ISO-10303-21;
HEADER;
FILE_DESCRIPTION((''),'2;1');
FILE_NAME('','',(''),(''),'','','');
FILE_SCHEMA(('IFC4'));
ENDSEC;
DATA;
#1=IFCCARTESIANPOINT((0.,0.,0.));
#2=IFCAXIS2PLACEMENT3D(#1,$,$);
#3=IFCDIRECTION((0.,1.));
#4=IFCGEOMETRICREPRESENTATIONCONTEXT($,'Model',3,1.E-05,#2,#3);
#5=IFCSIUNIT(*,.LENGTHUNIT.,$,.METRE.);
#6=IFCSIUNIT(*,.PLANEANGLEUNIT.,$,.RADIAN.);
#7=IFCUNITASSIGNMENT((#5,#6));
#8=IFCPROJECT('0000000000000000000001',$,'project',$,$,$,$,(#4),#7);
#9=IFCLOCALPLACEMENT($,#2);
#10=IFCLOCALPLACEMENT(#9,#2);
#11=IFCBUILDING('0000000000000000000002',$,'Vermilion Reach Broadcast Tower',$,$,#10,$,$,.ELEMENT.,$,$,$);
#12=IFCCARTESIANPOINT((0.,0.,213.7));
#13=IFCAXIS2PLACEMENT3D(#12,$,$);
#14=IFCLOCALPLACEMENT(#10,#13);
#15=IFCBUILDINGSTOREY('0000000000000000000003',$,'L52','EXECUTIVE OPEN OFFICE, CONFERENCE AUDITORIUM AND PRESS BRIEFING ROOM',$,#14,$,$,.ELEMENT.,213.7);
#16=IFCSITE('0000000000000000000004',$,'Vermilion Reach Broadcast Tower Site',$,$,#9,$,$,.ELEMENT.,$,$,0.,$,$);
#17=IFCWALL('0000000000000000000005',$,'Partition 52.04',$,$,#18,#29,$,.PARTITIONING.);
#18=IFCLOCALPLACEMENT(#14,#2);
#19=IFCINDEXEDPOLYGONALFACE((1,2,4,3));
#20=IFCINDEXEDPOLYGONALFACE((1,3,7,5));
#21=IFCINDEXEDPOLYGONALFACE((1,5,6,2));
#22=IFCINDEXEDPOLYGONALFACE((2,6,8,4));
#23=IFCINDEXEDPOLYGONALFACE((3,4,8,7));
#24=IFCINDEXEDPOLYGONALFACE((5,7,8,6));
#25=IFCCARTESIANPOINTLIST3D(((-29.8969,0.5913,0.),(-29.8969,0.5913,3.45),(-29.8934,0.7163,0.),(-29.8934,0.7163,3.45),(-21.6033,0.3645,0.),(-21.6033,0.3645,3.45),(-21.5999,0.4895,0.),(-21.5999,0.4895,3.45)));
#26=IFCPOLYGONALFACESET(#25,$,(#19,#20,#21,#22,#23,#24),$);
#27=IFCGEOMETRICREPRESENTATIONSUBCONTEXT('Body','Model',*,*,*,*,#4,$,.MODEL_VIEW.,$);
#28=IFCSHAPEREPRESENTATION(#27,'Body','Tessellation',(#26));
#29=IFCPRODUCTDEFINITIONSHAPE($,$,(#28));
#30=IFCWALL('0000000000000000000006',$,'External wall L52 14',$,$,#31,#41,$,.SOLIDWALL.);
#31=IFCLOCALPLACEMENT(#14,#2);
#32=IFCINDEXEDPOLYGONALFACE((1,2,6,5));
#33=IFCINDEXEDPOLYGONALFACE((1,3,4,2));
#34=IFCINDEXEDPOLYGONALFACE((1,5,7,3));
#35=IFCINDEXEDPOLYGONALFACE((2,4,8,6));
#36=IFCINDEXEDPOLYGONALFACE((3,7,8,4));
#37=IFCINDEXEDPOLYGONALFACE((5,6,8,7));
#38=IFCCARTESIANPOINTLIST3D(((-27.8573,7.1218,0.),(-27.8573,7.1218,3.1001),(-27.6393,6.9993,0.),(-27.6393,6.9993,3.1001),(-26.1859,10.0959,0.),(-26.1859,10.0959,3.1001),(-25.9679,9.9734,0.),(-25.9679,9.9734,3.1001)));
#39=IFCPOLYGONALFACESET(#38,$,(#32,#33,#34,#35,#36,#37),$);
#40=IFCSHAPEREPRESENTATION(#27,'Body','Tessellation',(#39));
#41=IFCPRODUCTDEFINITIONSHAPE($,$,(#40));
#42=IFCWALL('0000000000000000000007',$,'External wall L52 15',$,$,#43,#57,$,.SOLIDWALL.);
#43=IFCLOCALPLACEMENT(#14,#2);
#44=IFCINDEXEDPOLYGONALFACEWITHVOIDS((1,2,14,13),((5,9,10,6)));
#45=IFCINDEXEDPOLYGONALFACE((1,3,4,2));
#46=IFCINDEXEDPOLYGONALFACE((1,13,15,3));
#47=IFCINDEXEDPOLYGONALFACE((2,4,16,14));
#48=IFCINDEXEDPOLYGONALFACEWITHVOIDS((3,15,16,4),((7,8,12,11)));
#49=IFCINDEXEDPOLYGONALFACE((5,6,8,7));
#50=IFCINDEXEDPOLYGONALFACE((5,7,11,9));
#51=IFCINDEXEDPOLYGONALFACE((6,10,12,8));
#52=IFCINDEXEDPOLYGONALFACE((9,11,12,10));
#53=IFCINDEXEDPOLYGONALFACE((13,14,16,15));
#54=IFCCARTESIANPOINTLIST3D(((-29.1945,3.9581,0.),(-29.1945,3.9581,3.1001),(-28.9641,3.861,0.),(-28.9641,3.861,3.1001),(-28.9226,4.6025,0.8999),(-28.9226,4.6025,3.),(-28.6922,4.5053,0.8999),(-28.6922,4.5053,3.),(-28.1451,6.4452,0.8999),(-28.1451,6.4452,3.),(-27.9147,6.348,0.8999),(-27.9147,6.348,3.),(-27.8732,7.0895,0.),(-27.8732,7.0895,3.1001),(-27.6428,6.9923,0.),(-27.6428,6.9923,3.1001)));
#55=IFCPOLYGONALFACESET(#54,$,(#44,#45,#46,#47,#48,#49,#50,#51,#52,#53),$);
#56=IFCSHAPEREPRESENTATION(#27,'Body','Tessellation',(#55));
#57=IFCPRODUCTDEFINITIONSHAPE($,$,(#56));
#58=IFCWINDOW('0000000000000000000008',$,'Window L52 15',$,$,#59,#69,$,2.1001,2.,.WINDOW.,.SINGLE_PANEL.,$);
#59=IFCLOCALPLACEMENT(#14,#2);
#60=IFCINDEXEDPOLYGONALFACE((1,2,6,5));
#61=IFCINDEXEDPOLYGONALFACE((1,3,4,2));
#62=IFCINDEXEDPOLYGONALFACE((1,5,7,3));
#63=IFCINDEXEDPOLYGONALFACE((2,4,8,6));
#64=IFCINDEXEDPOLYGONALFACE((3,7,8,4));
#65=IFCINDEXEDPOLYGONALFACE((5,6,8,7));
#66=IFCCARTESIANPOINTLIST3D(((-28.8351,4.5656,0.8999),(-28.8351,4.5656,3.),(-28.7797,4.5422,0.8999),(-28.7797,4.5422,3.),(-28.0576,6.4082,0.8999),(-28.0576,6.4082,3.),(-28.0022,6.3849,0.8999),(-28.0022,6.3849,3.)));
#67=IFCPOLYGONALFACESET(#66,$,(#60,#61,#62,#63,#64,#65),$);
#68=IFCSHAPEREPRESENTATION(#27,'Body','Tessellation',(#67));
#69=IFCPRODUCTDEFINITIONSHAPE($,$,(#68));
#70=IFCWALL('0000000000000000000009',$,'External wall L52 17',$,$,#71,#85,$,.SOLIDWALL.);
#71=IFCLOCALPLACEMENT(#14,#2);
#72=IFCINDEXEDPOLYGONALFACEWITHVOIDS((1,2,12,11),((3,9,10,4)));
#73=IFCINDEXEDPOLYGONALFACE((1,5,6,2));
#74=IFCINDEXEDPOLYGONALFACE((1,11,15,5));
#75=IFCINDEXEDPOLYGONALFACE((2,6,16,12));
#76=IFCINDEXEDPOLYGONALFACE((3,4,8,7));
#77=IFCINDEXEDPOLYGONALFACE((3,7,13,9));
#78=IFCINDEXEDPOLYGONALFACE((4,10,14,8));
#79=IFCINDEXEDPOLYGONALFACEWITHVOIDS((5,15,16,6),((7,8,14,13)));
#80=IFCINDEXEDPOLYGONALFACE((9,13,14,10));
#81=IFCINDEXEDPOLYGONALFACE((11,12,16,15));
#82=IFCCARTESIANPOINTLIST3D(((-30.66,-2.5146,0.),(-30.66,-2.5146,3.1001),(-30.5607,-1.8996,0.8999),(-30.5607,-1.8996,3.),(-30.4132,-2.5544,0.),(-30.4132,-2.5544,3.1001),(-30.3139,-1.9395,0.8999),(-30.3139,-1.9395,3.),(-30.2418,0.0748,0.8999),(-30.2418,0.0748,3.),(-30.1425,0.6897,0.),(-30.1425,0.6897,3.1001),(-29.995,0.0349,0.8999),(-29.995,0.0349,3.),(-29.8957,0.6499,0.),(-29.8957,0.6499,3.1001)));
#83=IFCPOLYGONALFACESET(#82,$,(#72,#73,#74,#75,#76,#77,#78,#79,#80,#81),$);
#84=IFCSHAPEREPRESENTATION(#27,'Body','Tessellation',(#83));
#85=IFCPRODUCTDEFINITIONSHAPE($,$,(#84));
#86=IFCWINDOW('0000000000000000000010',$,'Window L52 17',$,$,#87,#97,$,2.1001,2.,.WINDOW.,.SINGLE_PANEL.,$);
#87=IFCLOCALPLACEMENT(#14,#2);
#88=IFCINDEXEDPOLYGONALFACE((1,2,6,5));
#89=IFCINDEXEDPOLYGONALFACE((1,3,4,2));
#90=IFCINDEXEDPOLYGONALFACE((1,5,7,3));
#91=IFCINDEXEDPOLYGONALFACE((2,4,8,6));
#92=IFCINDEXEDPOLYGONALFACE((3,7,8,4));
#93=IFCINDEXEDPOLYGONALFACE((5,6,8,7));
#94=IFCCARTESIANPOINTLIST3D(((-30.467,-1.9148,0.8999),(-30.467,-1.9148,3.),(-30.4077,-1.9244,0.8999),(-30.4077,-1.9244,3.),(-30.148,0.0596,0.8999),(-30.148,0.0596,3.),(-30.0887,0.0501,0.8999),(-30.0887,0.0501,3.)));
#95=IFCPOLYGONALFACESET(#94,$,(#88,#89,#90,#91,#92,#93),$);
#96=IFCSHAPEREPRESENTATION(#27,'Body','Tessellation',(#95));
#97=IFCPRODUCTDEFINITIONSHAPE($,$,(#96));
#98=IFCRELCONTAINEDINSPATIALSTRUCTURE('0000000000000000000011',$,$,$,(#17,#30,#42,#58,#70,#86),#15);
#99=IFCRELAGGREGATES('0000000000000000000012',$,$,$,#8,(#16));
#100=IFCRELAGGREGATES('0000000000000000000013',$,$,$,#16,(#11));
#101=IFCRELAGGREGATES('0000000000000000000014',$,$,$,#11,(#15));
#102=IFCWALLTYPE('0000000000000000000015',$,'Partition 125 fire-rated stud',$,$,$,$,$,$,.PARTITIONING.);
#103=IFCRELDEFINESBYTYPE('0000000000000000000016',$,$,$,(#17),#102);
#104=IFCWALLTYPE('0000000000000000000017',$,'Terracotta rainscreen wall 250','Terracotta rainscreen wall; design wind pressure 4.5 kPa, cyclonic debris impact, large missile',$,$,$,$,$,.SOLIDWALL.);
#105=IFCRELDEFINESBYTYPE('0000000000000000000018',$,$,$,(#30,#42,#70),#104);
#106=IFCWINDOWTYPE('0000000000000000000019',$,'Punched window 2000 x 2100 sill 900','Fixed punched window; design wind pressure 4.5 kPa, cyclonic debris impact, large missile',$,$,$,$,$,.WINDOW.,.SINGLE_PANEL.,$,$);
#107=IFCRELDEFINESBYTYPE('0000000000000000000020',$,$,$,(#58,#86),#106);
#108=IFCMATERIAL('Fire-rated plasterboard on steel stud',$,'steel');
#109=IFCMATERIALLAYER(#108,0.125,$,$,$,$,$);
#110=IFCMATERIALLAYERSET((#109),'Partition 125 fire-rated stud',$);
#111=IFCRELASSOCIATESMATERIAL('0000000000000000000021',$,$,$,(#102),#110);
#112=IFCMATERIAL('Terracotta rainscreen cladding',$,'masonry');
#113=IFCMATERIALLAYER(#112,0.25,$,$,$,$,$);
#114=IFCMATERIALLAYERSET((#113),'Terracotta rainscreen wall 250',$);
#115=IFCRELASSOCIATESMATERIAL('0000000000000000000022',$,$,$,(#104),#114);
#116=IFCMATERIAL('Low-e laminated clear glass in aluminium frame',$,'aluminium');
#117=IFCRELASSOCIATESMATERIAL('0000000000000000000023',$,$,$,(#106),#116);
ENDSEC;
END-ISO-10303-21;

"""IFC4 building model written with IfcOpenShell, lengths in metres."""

from ifc_helpers import new_model, si_unit, direction, frame, frame_2d, origin, place, context, subcontext, project, spatial, rectangle, extrude, material, layer, layer_set, type_object, element, fill, save


model = new_model("IFC4")

# Units and contexts
model_context = context("Model", 3, precision=1e-05, world=origin(), true_north=direction((0.0, 1.0)))
body_context = subcontext(model_context, "Body", "Model", "MODEL_VIEW")
ifc_project = project(units=[si_unit("LENGTHUNIT", "METRE"), si_unit("PLANEANGLEUNIT", "RADIAN")], contexts=[model_context])

# Site, building, storey
site_placement = place(None, origin())
site = spatial("IfcSite", under=ifc_project, at=site_placement, Name="Vermilion Reach Broadcast Tower Site", CompositionType="ELEMENT", RefElevation=0.0)
building_placement = place(site_placement, origin())
building = spatial("IfcBuilding", under=site, at=building_placement, Name="Vermilion Reach Broadcast Tower", CompositionType="ELEMENT")
storey_placement = place(building_placement, frame((0.0, 0.0, 213.7)))
storey = spatial("IfcBuildingStorey", under=building, at=storey_placement, Name="L52", Description="EXECUTIVE OPEN OFFICE, CONFERENCE AUDITORIUM AND PRESS BRIEFING ROOM", CompositionType="ELEMENT", Elevation=213.7)

# Walls
ifc_material_1 = material(Name="Fire-rated plasterboard on steel stud", Category="steel")
ifc_layer_1 = layer(ifc_material_1, 0.125)
ifc_layer_set_1 = layer_set([ifc_layer_1], Name="Partition 125 fire-rated stud")
wall_type_1 = type_object("IfcWallType", Name="Partition 125 fire-rated stud", PredefinedType="PARTITIONING", material=ifc_layer_set_1)
wall_1_placement = place(storey_placement, frame((-29.8953, 0.6538, 0.0), z_axis=(0.0, 0.0, 1.0), x_axis=(0.999626, -0.027337, 0.0)))
element("IfcWall", 1, at=wall_1_placement, inside=storey, type_object=wall_type_1, Name="Partition 52.04", PredefinedType="PARTITIONING", context=body_context, shape_type="SweptSolid", body=[
    extrude(rectangle(XDim=8.2966, YDim=0.125, at=frame_2d((4.1484, 0.0))), origin(), (0.0, 0.0, 1.0), 3.45),
])
ifc_material_2 = material(Name="Terracotta rainscreen cladding", Category="masonry")
ifc_layer_2 = layer(ifc_material_2, 0.25)
ifc_layer_set_2 = layer_set([ifc_layer_2], Name="Terracotta rainscreen wall 250")
wall_type_2 = type_object("IfcWallType", Name="Terracotta rainscreen wall 250", Description="Terracotta rainscreen wall; design wind pressure 4.5 kPa, cyclonic debris impact, large missile", PredefinedType="SOLIDWALL", material=ifc_layer_set_2)
wall_2_placement = place(storey_placement, frame((-26.0769, 10.0347, 0.0), z_axis=(0.0, 0.0, 1.0), x_axis=(-0.489915, -0.87177, 0.0)))
element("IfcWall", 2, at=wall_2_placement, inside=storey, type_object=wall_type_2, Name="External wall L52 14", PredefinedType="SOLIDWALL", context=body_context, shape_type="SweptSolid", body=[
    extrude(rectangle(XDim=3.4116, YDim=0.25, at=frame_2d((1.7058, 0.0))), origin(), (0.0, 0.0, 1.0), 3.1001),
])

# Wall, opening, window
wall_3_placement = place(storey_placement, frame((-27.7581, 7.0408, 0.0), z_axis=(0.0, 0.0, 1.0), x_axis=(-0.388763, -0.921338, 0.0)))
wall_3 = element("IfcWall", 3, at=wall_3_placement, inside=storey, type_object=wall_type_2, Name="External wall L52 15", PredefinedType="SOLIDWALL", context=body_context, shape_type="SweptSolid", body=[
    extrude(rectangle(XDim=3.3987, YDim=0.25, at=frame_2d((1.6992, 0.0))), origin(), (0.0, 0.0, 1.0), 3.1001),
])
opening_1_placement = place(wall_3_placement, frame((0.6992, 0.0, 0.8999)))
opening_1 = element("IfcOpeningElement", 4, at=opening_1_placement, cuts=wall_3, PredefinedType="OPENING", context=body_context, shape_type="SweptSolid", body=[
    extrude(rectangle(XDim=2.0, YDim=2.1001, at=frame_2d((1.0, 1.05))), frame((0.0, 0.135, 0.0), z_axis=(0.0, -1.0, 0.0), x_axis=(1.0, 0.0, 0.0)), (0.0, 0.0, 1.0), 0.27),
])
ifc_material_3 = material(Name="Low-e laminated clear glass in aluminium frame", Category="aluminium")
window_type = type_object("IfcWindowType", Name="Punched window 2000 x 2100 sill 900", Description="Fixed punched window; design wind pressure 4.5 kPa, cyclonic debris impact, large missile", PartitioningType="SINGLE_PANEL", PredefinedType="WINDOW", material=ifc_material_3)
window_1_placement = place(opening_1_placement, origin())
window_1 = element("IfcWindow", 5, at=window_1_placement, inside=storey, type_object=window_type, Name="Window L52 15", OverallHeight=2.1001, OverallWidth=2.0, PartitioningType="SINGLE_PANEL", PredefinedType="WINDOW", context=body_context, shape_type="SweptSolid", body=[
    extrude(rectangle(XDim=2.0, YDim=2.1001, at=frame_2d((1.0, 1.05))), frame((0.0, 0.03, 0.0), z_axis=(0.0, -1.0, 0.0), x_axis=(1.0, 0.0, 0.0)), (0.0, 0.0, 1.0), 0.0601),
])
fill(opening_1, window_1)

# Wall, opening, window
wall_4_placement = place(storey_placement, frame((-30.019, 0.6699, 0.0), z_axis=(0.0, 0.0, 1.0), x_axis=(-0.159457, -0.987205, 0.0)))
wall_4 = element("IfcWall", 6, at=wall_4_placement, inside=storey, type_object=wall_type_2, Name="External wall L52 17", PredefinedType="SOLIDWALL", context=body_context, shape_type="SweptSolid", body=[
    extrude(rectangle(XDim=3.2458, YDim=0.25, at=frame_2d((1.623, 0.0))), origin(), (0.0, 0.0, 1.0), 3.1001),
])
opening_2_placement = place(wall_4_placement, frame((0.623, 0.0, 0.8999)))
opening_2 = element("IfcOpeningElement", 7, at=opening_2_placement, cuts=wall_4, PredefinedType="OPENING", context=body_context, shape_type="SweptSolid", body=[
    extrude(rectangle(XDim=2.0, YDim=2.1001, at=frame_2d((1.0, 1.05))), frame((0.0, 0.135, 0.0), z_axis=(0.0, -1.0, 0.0), x_axis=(1.0, 0.0, 0.0)), (0.0, 0.0, 1.0), 0.27),
])
window_2_placement = place(opening_2_placement, origin())
window_2 = element("IfcWindow", 8, at=window_2_placement, inside=storey, type_object=window_type, Name="Window L52 17", OverallHeight=2.1001, OverallWidth=2.0, PartitioningType="SINGLE_PANEL", PredefinedType="WINDOW", context=body_context, shape_type="SweptSolid", body=[
    extrude(rectangle(XDim=2.0, YDim=2.1001, at=frame_2d((1.0, 1.05))), frame((0.0, 0.03, 0.0), z_axis=(0.0, -1.0, 0.0), x_axis=(1.0, 0.0, 0.0)), (0.0, 0.0, 1.0), 0.0601),
])
fill(opening_2, window_2)

save(model, "model.ifc")
